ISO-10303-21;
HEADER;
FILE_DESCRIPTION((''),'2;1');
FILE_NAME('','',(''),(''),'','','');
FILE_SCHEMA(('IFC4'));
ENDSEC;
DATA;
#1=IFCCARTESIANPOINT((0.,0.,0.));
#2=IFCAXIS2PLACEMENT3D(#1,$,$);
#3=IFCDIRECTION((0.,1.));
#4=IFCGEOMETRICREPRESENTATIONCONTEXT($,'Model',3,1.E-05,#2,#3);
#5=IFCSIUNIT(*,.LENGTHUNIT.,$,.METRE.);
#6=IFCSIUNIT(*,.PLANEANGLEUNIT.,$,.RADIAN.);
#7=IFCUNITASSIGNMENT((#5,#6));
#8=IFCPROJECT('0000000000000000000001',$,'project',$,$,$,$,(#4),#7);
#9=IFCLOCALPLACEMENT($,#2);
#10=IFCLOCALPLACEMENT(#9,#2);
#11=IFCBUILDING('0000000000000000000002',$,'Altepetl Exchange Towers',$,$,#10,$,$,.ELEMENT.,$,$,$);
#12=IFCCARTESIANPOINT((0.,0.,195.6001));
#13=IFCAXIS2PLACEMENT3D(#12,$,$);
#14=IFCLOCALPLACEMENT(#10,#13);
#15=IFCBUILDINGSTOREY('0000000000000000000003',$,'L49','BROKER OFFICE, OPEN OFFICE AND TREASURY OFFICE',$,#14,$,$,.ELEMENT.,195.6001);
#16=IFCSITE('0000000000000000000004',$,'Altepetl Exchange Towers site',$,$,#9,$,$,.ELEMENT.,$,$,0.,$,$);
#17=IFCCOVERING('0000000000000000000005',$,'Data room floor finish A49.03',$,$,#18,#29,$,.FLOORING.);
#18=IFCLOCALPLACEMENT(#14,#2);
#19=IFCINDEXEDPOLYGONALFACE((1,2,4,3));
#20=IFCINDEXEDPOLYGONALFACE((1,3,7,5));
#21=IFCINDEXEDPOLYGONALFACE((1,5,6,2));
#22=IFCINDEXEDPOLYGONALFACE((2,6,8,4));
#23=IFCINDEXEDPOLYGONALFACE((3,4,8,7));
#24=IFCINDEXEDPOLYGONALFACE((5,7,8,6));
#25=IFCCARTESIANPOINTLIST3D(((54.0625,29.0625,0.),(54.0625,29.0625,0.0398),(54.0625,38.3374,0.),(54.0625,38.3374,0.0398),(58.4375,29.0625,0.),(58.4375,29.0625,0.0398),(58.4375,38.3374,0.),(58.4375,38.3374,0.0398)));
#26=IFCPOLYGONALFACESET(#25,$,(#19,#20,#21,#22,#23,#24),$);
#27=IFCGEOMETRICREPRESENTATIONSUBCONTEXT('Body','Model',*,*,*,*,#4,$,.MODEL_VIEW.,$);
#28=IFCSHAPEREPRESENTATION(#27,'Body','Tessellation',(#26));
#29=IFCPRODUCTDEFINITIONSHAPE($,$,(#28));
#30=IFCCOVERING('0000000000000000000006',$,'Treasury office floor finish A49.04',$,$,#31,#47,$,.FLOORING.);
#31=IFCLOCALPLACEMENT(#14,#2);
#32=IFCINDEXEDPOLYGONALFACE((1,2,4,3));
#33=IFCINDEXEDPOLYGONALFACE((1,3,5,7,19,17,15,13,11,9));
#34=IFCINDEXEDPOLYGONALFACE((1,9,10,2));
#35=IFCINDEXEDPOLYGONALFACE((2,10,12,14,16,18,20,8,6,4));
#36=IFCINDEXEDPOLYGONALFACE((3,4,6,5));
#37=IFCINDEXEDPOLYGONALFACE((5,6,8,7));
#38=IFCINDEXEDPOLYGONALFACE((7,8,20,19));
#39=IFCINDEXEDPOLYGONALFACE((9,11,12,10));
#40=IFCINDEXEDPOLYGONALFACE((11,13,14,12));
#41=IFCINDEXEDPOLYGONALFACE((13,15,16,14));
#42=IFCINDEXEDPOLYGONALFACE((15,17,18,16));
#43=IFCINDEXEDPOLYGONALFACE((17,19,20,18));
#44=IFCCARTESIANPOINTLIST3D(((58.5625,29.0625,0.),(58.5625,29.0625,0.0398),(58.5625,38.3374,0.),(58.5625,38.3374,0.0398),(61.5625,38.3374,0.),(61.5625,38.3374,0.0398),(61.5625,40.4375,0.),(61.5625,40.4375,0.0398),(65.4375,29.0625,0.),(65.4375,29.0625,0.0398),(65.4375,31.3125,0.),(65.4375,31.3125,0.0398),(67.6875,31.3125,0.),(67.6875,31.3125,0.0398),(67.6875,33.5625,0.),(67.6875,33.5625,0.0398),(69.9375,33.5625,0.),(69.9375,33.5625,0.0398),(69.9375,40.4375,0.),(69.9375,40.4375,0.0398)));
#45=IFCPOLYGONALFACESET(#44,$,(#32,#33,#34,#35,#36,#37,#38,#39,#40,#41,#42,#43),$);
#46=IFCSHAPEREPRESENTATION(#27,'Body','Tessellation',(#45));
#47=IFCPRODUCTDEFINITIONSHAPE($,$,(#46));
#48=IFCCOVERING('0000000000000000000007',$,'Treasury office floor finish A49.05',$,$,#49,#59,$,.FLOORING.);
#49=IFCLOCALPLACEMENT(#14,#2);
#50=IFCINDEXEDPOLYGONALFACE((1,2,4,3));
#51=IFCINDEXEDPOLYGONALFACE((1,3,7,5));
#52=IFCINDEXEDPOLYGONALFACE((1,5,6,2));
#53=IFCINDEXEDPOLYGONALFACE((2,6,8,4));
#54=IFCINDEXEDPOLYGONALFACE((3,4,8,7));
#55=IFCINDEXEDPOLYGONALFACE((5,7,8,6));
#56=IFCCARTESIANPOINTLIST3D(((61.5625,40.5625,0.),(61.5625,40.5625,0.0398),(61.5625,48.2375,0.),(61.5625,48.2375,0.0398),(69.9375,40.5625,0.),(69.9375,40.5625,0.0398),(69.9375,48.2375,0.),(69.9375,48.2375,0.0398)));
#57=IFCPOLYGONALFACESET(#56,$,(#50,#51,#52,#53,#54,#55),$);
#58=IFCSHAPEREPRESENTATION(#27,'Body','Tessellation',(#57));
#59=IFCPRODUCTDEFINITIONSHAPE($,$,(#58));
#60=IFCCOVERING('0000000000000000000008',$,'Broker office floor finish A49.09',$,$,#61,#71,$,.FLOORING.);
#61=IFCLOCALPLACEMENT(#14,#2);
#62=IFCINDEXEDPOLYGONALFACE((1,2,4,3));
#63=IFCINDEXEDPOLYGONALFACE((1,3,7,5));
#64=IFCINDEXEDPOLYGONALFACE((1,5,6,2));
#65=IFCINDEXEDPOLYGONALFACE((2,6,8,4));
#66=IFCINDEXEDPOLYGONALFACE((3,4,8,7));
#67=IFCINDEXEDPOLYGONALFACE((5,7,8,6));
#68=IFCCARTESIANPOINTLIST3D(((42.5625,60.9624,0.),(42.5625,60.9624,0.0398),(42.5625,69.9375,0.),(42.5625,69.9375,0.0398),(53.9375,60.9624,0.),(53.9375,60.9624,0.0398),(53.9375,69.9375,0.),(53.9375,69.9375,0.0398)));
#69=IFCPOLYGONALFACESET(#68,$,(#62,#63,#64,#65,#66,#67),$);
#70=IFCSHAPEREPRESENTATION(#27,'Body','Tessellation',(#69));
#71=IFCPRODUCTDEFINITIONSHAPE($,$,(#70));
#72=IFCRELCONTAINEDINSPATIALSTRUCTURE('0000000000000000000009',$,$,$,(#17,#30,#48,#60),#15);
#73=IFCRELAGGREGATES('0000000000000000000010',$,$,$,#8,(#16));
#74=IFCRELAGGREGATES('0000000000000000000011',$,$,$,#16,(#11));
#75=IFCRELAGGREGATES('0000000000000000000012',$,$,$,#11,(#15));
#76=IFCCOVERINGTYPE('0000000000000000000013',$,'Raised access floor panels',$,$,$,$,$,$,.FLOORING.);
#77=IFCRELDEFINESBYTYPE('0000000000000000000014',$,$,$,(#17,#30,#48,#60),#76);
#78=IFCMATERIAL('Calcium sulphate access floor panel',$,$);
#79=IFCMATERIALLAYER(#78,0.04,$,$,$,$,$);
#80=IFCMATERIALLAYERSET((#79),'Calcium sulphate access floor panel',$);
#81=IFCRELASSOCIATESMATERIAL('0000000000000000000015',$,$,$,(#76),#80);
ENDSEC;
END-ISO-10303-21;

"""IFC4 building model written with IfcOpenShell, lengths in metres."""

from ifc_helpers import new_model, si_unit, direction, frame, origin, place, context, subcontext, project, spatial, polyline, outline, extrude, material, layer, layer_set, type_object, element, save


model = new_model("IFC4")

# Units and contexts
model_context = context("Model", 3, precision=1e-05, world=origin(), true_north=direction((0.0, 1.0)))
body_context = subcontext(model_context, "Body", "Model", "MODEL_VIEW")
ifc_project = project(units=[si_unit("LENGTHUNIT", "METRE"), si_unit("PLANEANGLEUNIT", "RADIAN")], contexts=[model_context])

# Site, building, storey
site_placement = place(None, origin())
site = spatial("IfcSite", under=ifc_project, at=site_placement, Name="Altepetl Exchange Towers site", CompositionType="ELEMENT", RefElevation=0.0)
building_placement = place(site_placement, origin())
building = spatial("IfcBuilding", under=site, at=building_placement, Name="Altepetl Exchange Towers", CompositionType="ELEMENT")
storey_placement = place(building_placement, frame((0.0, 0.0, 195.6001)))
storey = spatial("IfcBuildingStorey", under=building, at=storey_placement, Name="L49", Description="BROKER OFFICE, OPEN OFFICE AND TREASURY OFFICE", CompositionType="ELEMENT", Elevation=195.6001)

# Coverings
ifc_material_1 = material(Name="Calcium sulphate access floor panel")
ifc_layer_1 = layer(ifc_material_1, 0.04)
ifc_layer_set_1 = layer_set([ifc_layer_1], Name="Calcium sulphate access floor panel")
covering_type_1 = type_object("IfcCoveringType", Name="Raised access floor panels", PredefinedType="FLOORING", material=ifc_layer_set_1)
covering_1_placement = place(storey_placement, origin())
element("IfcCovering", 1, at=covering_1_placement, inside=storey, type_object=covering_type_1, Name="Data room floor finish A49.03", PredefinedType="FLOORING", context=body_context, shape_type="SweptSolid", body=[
    extrude(outline(polyline([(54.0625, 29.0625), (58.4375, 29.0625), (58.4375, 38.3374), (54.0625, 38.3374), (54.0625, 29.0625)])), origin(), (0.0, 0.0, 1.0), 0.0398),
])
covering_2_placement = place(storey_placement, origin())
element("IfcCovering", 2, at=covering_2_placement, inside=storey, type_object=covering_type_1, Name="Treasury office floor finish A49.04", PredefinedType="FLOORING", context=body_context, shape_type="SweptSolid", body=[
    extrude(outline(polyline([(58.5625, 38.3374), (58.5625, 29.0625), (65.4375, 29.0625), (65.4375, 31.3125), (67.6875, 31.3125), (67.6875, 33.5625), (69.9375, 33.5625), (69.9375, 40.4375), (61.5625, 40.4375), (61.5625, 38.3374), (58.5625, 38.3374)])), origin(), (0.0, 0.0, 1.0), 0.0398),
])
covering_3_placement = place(storey_placement, origin())
element("IfcCovering", 3, at=covering_3_placement, inside=storey, type_object=covering_type_1, Name="Treasury office floor finish A49.05", PredefinedType="FLOORING", context=body_context, shape_type="SweptSolid", body=[
    extrude(outline(polyline([(61.5625, 40.5625), (69.9375, 40.5625), (69.9375, 48.2375), (61.5625, 48.2375), (61.5625, 40.5625)])), origin(), (0.0, 0.0, 1.0), 0.0398),
])
covering_4_placement = place(storey_placement, origin())
element("IfcCovering", 4, at=covering_4_placement, inside=storey, type_object=covering_type_1, Name="Broker office floor finish A49.09", PredefinedType="FLOORING", context=body_context, shape_type="SweptSolid", body=[
    extrude(outline(polyline([(53.9375, 60.9624), (53.9375, 69.9375), (42.5625, 69.9375), (42.5625, 60.9624), (53.9375, 60.9624)])), origin(), (0.0, 0.0, 1.0), 0.0398),
])

save(model, "model.ifc")
